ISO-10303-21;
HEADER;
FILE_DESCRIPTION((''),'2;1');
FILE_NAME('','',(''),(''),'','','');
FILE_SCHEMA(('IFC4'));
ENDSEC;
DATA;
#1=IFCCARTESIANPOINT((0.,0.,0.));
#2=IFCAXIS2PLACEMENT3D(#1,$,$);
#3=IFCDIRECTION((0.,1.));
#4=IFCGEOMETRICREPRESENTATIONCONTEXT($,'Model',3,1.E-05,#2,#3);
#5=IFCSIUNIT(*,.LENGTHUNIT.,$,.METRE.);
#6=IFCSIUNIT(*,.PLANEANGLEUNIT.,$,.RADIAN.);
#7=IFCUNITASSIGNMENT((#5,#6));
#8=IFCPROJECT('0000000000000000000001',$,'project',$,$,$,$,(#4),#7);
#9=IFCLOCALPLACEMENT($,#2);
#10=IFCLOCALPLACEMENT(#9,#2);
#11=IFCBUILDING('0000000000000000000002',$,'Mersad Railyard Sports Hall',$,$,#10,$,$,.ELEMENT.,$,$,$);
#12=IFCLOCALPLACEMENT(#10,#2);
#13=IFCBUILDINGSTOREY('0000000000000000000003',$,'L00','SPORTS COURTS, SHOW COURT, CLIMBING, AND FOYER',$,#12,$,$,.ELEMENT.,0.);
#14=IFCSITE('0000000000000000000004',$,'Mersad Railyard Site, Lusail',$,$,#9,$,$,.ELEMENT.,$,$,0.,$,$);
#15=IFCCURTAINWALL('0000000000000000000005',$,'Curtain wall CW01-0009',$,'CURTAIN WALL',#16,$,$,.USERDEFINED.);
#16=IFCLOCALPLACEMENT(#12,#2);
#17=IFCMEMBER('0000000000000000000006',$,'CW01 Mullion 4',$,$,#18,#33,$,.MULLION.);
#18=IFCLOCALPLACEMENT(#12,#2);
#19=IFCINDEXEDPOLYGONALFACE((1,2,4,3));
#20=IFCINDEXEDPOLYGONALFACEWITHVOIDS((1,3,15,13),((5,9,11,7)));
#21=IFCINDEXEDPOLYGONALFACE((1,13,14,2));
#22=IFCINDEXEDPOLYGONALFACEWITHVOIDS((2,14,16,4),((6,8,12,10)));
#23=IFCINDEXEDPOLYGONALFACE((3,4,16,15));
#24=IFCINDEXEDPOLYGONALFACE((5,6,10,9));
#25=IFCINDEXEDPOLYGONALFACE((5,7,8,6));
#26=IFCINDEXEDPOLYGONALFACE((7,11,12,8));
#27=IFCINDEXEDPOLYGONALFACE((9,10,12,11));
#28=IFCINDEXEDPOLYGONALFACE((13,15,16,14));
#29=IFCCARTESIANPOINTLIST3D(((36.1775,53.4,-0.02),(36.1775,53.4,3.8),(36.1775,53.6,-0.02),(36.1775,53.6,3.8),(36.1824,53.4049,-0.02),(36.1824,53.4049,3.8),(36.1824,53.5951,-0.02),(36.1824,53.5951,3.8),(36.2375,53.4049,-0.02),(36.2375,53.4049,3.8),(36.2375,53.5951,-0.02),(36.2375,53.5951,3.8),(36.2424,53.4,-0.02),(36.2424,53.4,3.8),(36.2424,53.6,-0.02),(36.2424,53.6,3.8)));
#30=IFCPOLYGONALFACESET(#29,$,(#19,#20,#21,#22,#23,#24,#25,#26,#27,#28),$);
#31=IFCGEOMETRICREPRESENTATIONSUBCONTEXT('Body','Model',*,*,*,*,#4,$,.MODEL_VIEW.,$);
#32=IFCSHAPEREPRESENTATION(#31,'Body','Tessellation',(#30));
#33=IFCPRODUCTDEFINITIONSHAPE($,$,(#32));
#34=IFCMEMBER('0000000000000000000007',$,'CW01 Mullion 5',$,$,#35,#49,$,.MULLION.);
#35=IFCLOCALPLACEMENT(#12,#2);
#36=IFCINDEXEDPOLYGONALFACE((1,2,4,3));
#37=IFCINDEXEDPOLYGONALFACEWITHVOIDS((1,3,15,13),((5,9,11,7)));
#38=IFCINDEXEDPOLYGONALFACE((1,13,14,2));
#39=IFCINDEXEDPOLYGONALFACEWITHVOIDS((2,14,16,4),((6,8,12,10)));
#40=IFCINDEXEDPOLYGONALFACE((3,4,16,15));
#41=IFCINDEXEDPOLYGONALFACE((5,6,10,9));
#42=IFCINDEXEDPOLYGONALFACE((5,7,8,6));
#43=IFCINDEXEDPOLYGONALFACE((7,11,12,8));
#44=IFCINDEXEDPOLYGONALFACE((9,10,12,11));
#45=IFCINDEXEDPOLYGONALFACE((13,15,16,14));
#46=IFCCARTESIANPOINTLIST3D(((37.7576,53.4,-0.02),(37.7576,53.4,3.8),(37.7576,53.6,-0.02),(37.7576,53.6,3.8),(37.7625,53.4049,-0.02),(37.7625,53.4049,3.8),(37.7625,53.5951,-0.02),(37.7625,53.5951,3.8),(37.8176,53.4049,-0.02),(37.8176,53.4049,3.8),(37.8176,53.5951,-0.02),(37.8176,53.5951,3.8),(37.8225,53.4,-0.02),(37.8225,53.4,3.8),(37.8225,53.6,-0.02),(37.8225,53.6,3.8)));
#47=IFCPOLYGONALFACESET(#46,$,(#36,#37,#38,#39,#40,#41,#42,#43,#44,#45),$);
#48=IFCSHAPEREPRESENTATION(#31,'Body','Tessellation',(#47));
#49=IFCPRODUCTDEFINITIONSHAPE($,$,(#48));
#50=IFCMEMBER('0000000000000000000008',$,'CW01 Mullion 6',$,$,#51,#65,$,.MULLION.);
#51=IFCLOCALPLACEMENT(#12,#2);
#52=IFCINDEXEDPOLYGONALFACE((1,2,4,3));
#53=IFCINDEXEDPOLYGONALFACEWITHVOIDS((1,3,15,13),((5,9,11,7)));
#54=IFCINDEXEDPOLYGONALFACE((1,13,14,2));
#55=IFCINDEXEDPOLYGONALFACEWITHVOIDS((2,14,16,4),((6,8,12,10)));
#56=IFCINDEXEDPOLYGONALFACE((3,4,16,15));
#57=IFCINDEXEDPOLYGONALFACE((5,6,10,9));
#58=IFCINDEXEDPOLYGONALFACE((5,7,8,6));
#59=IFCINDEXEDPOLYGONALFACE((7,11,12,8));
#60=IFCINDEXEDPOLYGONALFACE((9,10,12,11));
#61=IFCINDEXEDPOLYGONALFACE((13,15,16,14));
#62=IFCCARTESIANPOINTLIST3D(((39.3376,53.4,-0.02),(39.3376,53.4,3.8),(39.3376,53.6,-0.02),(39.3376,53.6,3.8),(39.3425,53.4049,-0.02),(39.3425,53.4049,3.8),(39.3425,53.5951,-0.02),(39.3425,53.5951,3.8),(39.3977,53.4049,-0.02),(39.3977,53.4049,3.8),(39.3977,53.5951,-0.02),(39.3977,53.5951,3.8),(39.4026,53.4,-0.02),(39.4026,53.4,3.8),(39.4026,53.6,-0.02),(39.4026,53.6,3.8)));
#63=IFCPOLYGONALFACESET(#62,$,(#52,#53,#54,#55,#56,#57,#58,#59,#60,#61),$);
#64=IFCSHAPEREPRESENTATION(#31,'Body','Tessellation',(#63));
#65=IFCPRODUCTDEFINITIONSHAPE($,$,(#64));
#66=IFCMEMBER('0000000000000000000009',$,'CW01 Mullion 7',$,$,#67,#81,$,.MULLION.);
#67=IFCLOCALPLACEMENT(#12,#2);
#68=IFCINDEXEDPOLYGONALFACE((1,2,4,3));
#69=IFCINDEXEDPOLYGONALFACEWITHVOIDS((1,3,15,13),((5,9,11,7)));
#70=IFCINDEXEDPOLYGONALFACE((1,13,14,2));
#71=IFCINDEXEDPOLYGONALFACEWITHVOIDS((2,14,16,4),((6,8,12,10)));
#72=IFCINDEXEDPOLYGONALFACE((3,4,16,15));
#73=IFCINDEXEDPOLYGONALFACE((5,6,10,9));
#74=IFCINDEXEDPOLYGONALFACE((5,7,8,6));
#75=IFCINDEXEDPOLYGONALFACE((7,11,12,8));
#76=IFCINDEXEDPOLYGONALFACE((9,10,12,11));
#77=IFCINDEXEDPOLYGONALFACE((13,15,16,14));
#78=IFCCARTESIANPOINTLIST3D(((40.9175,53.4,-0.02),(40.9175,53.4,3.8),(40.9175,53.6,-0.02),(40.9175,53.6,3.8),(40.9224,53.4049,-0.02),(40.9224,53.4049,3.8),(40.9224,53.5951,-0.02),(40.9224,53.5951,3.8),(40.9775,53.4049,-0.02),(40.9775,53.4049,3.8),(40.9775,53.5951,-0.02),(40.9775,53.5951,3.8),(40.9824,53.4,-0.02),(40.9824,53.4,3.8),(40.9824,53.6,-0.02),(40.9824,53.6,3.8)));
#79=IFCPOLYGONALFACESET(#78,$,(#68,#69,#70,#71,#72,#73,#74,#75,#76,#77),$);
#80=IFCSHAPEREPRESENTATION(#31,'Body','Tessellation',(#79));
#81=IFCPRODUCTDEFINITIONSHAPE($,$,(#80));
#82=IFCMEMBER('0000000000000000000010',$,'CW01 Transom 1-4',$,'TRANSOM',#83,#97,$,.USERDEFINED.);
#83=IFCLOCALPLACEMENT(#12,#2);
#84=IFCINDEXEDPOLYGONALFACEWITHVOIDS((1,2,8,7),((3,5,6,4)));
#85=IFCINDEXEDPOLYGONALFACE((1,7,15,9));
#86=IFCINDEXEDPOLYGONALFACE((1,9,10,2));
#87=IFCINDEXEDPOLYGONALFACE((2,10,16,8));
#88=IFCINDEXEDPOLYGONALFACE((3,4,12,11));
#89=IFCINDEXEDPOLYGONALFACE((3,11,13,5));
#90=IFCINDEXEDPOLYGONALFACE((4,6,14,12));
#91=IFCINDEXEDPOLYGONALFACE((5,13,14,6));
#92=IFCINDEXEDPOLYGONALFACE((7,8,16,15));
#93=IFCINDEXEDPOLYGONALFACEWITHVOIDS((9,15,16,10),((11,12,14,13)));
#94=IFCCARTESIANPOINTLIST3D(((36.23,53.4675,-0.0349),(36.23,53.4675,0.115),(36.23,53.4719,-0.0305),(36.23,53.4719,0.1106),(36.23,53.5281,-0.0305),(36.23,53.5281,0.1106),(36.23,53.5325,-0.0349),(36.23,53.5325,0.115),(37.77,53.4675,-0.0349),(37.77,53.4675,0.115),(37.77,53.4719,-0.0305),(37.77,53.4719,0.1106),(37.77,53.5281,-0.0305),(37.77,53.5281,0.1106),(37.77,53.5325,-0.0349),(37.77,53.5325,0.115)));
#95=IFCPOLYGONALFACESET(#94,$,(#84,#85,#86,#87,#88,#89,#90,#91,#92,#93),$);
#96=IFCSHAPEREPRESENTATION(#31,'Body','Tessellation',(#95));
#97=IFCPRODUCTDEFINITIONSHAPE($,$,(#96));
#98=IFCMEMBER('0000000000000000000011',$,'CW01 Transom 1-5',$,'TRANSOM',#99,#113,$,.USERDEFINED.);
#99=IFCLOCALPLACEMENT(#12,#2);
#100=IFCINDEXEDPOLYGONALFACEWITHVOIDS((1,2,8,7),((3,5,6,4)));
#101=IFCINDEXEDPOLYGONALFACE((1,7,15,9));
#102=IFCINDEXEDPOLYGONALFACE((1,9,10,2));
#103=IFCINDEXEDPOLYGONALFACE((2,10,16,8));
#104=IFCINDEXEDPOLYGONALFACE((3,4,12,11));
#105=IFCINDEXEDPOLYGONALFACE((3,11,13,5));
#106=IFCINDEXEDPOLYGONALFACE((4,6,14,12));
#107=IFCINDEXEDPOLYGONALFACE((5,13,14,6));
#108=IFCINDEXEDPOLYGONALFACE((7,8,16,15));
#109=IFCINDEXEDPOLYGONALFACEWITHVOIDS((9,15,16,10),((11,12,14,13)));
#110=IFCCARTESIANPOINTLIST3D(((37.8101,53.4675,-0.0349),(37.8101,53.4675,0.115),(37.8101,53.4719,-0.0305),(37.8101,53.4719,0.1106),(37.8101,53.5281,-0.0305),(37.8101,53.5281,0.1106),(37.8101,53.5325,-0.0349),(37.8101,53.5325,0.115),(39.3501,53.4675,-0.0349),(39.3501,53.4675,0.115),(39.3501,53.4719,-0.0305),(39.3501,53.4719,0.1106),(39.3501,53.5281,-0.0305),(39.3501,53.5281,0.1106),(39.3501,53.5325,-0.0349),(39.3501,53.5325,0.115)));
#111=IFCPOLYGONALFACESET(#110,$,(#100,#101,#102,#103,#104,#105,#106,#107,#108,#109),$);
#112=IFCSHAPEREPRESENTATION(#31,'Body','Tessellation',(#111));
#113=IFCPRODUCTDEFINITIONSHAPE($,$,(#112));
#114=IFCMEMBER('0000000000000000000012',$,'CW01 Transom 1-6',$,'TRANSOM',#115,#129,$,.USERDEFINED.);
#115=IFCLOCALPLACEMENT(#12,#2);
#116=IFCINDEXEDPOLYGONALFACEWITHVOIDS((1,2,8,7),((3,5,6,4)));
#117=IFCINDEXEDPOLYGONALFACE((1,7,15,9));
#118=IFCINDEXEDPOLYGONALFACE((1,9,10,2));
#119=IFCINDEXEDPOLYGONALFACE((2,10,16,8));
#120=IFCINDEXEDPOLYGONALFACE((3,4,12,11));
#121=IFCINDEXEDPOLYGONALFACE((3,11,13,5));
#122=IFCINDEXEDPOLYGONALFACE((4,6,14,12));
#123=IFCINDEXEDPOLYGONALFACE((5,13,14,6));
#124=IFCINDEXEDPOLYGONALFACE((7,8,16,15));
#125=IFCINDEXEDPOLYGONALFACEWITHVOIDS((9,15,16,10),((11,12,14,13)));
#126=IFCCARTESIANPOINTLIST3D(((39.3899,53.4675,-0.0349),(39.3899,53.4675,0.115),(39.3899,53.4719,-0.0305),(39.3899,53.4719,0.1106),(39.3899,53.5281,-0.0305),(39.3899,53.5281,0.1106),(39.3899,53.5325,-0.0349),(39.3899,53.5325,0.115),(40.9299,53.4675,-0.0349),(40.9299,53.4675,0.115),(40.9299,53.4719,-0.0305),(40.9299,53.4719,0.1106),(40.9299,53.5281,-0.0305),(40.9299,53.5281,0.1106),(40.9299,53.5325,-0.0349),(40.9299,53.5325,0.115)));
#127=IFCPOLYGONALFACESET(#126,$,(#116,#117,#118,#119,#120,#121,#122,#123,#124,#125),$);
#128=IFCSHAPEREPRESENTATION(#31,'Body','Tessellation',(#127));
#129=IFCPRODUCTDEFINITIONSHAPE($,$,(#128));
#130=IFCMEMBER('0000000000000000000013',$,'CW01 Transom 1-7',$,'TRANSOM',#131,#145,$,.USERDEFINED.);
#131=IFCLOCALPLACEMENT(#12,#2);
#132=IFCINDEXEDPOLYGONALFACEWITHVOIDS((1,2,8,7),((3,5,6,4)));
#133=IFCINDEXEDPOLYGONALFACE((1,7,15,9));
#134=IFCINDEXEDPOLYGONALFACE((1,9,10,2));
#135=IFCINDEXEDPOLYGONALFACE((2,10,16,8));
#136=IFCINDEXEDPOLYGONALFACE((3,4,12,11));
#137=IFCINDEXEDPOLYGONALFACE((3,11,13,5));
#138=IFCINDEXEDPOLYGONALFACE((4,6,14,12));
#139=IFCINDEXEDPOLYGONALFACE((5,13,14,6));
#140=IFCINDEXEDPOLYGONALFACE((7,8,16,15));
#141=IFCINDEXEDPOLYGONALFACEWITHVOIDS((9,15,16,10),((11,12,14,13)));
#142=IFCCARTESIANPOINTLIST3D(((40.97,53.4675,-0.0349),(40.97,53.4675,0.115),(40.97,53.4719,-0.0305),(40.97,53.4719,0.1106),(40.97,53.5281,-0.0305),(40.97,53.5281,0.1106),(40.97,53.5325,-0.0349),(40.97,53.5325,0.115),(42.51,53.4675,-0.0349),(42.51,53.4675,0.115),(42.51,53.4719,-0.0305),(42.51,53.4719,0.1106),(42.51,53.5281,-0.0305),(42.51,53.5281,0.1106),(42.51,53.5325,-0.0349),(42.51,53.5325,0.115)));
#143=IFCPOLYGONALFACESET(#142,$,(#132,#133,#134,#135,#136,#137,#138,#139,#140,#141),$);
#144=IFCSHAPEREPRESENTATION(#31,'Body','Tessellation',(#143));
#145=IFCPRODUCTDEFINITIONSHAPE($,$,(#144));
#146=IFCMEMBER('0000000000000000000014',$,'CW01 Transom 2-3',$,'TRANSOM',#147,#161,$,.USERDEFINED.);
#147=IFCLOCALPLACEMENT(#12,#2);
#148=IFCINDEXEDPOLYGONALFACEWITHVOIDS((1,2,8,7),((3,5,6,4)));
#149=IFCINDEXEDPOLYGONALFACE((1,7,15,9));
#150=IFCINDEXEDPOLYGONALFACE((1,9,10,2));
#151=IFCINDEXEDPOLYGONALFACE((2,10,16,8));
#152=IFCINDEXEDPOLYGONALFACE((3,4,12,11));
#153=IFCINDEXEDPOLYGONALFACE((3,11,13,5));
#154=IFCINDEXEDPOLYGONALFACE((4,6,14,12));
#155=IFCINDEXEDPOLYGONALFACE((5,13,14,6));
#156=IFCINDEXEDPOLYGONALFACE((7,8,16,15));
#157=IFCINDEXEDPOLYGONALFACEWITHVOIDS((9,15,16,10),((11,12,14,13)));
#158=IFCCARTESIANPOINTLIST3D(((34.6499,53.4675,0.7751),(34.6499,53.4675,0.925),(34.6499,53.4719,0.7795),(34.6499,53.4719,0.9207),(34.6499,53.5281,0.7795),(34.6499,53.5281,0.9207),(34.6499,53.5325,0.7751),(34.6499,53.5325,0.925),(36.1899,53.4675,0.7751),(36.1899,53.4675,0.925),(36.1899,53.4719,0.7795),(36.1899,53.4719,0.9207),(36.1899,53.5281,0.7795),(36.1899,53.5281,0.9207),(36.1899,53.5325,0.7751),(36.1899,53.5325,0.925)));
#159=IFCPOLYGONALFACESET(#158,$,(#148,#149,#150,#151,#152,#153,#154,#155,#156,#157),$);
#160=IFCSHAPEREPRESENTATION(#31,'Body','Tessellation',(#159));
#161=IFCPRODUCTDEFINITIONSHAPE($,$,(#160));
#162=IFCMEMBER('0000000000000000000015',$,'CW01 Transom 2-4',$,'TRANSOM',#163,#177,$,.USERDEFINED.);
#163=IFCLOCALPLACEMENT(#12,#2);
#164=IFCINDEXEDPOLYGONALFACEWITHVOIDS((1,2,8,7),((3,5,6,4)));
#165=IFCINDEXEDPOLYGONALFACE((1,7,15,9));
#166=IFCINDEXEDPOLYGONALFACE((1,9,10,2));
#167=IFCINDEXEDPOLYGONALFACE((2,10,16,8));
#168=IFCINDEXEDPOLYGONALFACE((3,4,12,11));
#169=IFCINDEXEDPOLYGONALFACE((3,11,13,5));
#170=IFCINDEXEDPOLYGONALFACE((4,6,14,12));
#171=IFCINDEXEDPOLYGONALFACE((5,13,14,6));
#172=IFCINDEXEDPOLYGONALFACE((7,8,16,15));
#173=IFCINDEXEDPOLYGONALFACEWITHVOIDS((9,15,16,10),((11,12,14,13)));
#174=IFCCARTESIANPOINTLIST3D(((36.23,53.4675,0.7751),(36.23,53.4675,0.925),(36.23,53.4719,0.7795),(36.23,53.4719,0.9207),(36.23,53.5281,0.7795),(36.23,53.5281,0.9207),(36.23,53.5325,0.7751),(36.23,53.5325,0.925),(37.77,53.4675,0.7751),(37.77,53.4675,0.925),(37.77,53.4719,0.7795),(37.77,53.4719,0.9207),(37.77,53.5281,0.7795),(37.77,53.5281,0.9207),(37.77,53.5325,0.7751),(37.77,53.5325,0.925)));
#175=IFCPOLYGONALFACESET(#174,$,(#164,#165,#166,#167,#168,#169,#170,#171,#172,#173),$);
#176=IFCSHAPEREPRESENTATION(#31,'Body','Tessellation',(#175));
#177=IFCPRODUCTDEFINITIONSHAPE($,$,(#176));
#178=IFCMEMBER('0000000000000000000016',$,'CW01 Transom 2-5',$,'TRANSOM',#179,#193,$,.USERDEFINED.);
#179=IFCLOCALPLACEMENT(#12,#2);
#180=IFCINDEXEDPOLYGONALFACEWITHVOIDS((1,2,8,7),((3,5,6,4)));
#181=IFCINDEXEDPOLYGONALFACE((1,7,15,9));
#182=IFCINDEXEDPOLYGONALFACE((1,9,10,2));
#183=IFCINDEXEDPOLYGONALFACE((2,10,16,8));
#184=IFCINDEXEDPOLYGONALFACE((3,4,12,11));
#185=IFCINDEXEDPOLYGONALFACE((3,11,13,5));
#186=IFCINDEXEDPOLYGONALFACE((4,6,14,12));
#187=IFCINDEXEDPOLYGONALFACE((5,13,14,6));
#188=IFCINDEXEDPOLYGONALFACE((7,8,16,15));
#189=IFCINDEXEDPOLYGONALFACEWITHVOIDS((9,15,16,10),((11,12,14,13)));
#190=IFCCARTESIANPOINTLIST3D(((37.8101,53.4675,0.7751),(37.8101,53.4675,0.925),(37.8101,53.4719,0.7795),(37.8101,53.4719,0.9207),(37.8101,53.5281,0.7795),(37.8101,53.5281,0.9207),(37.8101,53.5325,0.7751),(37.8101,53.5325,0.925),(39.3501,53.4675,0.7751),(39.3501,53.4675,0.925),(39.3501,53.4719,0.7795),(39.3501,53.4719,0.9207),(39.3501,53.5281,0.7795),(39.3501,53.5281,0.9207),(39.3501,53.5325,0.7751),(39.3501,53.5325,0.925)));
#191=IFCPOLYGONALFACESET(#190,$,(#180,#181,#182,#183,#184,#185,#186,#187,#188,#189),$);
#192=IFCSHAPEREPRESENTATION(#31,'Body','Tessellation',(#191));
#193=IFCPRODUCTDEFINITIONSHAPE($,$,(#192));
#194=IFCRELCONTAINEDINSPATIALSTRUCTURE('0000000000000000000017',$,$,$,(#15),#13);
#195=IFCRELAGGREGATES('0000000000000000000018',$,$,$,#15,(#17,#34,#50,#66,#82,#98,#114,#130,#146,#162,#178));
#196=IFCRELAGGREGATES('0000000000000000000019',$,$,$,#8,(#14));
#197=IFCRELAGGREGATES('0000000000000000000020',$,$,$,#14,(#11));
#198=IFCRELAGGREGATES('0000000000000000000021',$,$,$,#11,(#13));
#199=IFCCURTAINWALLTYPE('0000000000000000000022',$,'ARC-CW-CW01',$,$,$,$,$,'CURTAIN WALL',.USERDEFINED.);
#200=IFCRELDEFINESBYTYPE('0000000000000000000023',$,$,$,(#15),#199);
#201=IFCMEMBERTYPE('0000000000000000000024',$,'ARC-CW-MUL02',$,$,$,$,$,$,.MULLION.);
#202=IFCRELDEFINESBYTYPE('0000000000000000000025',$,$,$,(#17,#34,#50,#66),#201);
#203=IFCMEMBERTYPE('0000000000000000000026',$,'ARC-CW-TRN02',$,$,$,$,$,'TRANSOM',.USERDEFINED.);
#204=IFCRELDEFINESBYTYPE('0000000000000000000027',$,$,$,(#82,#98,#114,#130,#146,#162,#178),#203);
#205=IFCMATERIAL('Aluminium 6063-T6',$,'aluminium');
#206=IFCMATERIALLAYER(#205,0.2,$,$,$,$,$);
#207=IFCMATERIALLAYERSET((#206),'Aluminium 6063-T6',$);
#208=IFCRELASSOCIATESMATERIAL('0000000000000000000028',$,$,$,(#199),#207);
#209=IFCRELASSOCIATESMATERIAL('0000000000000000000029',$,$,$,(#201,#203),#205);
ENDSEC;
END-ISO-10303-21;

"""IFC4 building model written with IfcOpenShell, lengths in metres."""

from ifc_helpers import new_model, si_unit, direction, frame, origin, origin_2d, place, context, subcontext, project, spatial, hollow_rectangle, extrude, material, layer, layer_set, material_profile, profile_set, type_object, element, aggregate, save


model = new_model("IFC4")

# Units and contexts
model_context = context("Model", 3, precision=1e-05, world=origin(), true_north=direction((0.0, 1.0)))
body_context = subcontext(model_context, "Body", "Model", "MODEL_VIEW")
ifc_project = project(units=[si_unit("LENGTHUNIT", "METRE"), si_unit("PLANEANGLEUNIT", "RADIAN")], contexts=[model_context])

# Site, building, storey
site_placement = place(None, origin())
site = spatial("IfcSite", under=ifc_project, at=site_placement, Name="Mersad Railyard Site, Lusail", CompositionType="ELEMENT", RefElevation=0.0)
building_placement = place(site_placement, origin())
building = spatial("IfcBuilding", under=site, at=building_placement, Name="Mersad Railyard Sports Hall", CompositionType="ELEMENT")
storey_placement = place(building_placement, origin())
storey = spatial("IfcBuildingStorey", under=building, at=storey_placement, Name="L00", Description="SPORTS COURTS, SHOW COURT, CLIMBING, AND FOYER", CompositionType="ELEMENT", Elevation=0.0)

# Curtain wall, members
ifc_material_1 = material(Name="Aluminium 6063-T6", Category="aluminium")
ifc_layer_1 = layer(ifc_material_1, 0.2)
ifc_layer_set_1 = layer_set([ifc_layer_1], Name="Aluminium 6063-T6")
curtain_wall_type = type_object("IfcCurtainWallType", Name="ARC-CW-CW01", ElementType="CURTAIN WALL", PredefinedType="USERDEFINED", material=ifc_layer_set_1)
curtain_wall_placement = place(storey_placement, origin())
curtain_wall = element("IfcCurtainWall", 1, at=curtain_wall_placement, inside=storey, type_object=curtain_wall_type, Name="Curtain wall CW01-0009", ObjectType="CURTAIN WALL", PredefinedType="USERDEFINED")
ifc_material_profile_1 = material_profile(ifc_material_1, hollow_rectangle(XDim=0.0649, YDim=0.2, WallThickness=0.0049, at=origin_2d()), Name="AL MULLION 65x200x5")
ifc_profile_set_1 = profile_set([ifc_material_profile_1], Name="Aluminium 6063-T6")
member_type_1 = type_object("IfcMemberType", Name="ARC-CW-MUL02", PredefinedType="MULLION", material=ifc_profile_set_1)
member_1_placement = place(storey_placement, frame((36.21, 53.5, -0.02), z_axis=(0.0, 0.0, 1.0), x_axis=(1.0, 0.0, 0.0)))
member_1 = element("IfcMember", 2, at=member_1_placement, type_object=member_type_1, Name="CW01 Mullion 4", PredefinedType="MULLION", context=body_context, shape_type="SweptSolid", body=[
    extrude(hollow_rectangle(XDim=0.0649, YDim=0.2, WallThickness=0.0049, at=origin_2d()), origin(), (0.0, 0.0, 1.0), 3.8201),
])
member_2_placement = place(storey_placement, frame((37.79, 53.5, -0.02), z_axis=(0.0, 0.0, 1.0), x_axis=(1.0, 0.0, 0.0)))
member_2 = element("IfcMember", 3, at=member_2_placement, type_object=member_type_1, Name="CW01 Mullion 5", PredefinedType="MULLION", context=body_context, shape_type="SweptSolid", body=[
    extrude(hollow_rectangle(XDim=0.0649, YDim=0.2, WallThickness=0.0049, at=origin_2d()), origin(), (0.0, 0.0, 1.0), 3.8201),
])
member_3_placement = place(storey_placement, frame((39.3701, 53.5, -0.02), z_axis=(0.0, 0.0, 1.0), x_axis=(1.0, 0.0, 0.0)))
member_3 = element("IfcMember", 4, at=member_3_placement, type_object=member_type_1, Name="CW01 Mullion 6", PredefinedType="MULLION", context=body_context, shape_type="SweptSolid", body=[
    extrude(hollow_rectangle(XDim=0.0649, YDim=0.2, WallThickness=0.0049, at=origin_2d()), origin(), (0.0, 0.0, 1.0), 3.8201),
])
member_4_placement = place(storey_placement, frame((40.95, 53.5, -0.02), z_axis=(0.0, 0.0, 1.0), x_axis=(1.0, 0.0, 0.0)))
member_4 = element("IfcMember", 5, at=member_4_placement, type_object=member_type_1, Name="CW01 Mullion 7", PredefinedType="MULLION", context=body_context, shape_type="SweptSolid", body=[
    extrude(hollow_rectangle(XDim=0.0649, YDim=0.2, WallThickness=0.0049, at=origin_2d()), origin(), (0.0, 0.0, 1.0), 3.8201),
])
ifc_material_profile_2 = material_profile(ifc_material_1, hollow_rectangle(XDim=0.0649, YDim=0.1499, WallThickness=0.0044, at=origin_2d()), Name="AL TRANSOM 65x150x4.5")
ifc_profile_set_2 = profile_set([ifc_material_profile_2], Name="Aluminium 6063-T6")
member_type_2 = type_object("IfcMemberType", Name="ARC-CW-TRN02", ElementType="TRANSOM", PredefinedType="USERDEFINED", material=ifc_profile_set_2)
member_5_placement = place(storey_placement, frame((36.23, 53.5, 0.04), z_axis=(1.0, 0.0, 0.0), x_axis=(0.0, 1.0, 0.0)))
member_5 = element("IfcMember", 6, at=member_5_placement, type_object=member_type_2, Name="CW01 Transom 1-4", ObjectType="TRANSOM", PredefinedType="USERDEFINED", context=body_context, shape_type="SweptSolid", body=[
    extrude(hollow_rectangle(XDim=0.0649, YDim=0.1499, WallThickness=0.0044, at=origin_2d()), origin(), (0.0, 0.0, 1.0), 1.54),
])
member_6_placement = place(storey_placement, frame((37.8101, 53.5, 0.04), z_axis=(1.0, 0.0, 0.0), x_axis=(0.0, 1.0, 0.0)))
member_6 = element("IfcMember", 7, at=member_6_placement, type_object=member_type_2, Name="CW01 Transom 1-5", ObjectType="TRANSOM", PredefinedType="USERDEFINED", context=body_context, shape_type="SweptSolid", body=[
    extrude(hollow_rectangle(XDim=0.0649, YDim=0.1499, WallThickness=0.0044, at=origin_2d()), origin(), (0.0, 0.0, 1.0), 1.54),
])
member_7_placement = place(storey_placement, frame((39.3899, 53.5, 0.04), z_axis=(1.0, 0.0, 0.0), x_axis=(0.0, 1.0, 0.0)))
member_7 = element("IfcMember", 8, at=member_7_placement, type_object=member_type_2, Name="CW01 Transom 1-6", ObjectType="TRANSOM", PredefinedType="USERDEFINED", context=body_context, shape_type="SweptSolid", body=[
    extrude(hollow_rectangle(XDim=0.0649, YDim=0.1499, WallThickness=0.0044, at=origin_2d()), origin(), (0.0, 0.0, 1.0), 1.54),
])
member_8_placement = place(storey_placement, frame((40.97, 53.5, 0.04), z_axis=(1.0, 0.0, 0.0), x_axis=(0.0, 1.0, 0.0)))
member_8 = element("IfcMember", 9, at=member_8_placement, type_object=member_type_2, Name="CW01 Transom 1-7", ObjectType="TRANSOM", PredefinedType="USERDEFINED", context=body_context, shape_type="SweptSolid", body=[
    extrude(hollow_rectangle(XDim=0.0649, YDim=0.1499, WallThickness=0.0044, at=origin_2d()), origin(), (0.0, 0.0, 1.0), 1.54),
])
member_9_placement = place(storey_placement, frame((34.6499, 53.5, 0.8501), z_axis=(1.0, 0.0, 0.0), x_axis=(0.0, 1.0, 0.0)))
member_9 = element("IfcMember", 10, at=member_9_placement, type_object=member_type_2, Name="CW01 Transom 2-3", ObjectType="TRANSOM", PredefinedType="USERDEFINED", context=body_context, shape_type="SweptSolid", body=[
    extrude(hollow_rectangle(XDim=0.0649, YDim=0.1499, WallThickness=0.0044, at=origin_2d()), origin(), (0.0, 0.0, 1.0), 1.54),
])
member_10_placement = place(storey_placement, frame((36.23, 53.5, 0.8501), z_axis=(1.0, 0.0, 0.0), x_axis=(0.0, 1.0, 0.0)))
member_10 = element("IfcMember", 11, at=member_10_placement, type_object=member_type_2, Name="CW01 Transom 2-4", ObjectType="TRANSOM", PredefinedType="USERDEFINED", context=body_context, shape_type="SweptSolid", body=[
    extrude(hollow_rectangle(XDim=0.0649, YDim=0.1499, WallThickness=0.0044, at=origin_2d()), origin(), (0.0, 0.0, 1.0), 1.54),
])
member_11_placement = place(storey_placement, frame((37.8101, 53.5, 0.8501), z_axis=(1.0, 0.0, 0.0), x_axis=(0.0, 1.0, 0.0)))
member_11 = element("IfcMember", 12, at=member_11_placement, type_object=member_type_2, Name="CW01 Transom 2-5", ObjectType="TRANSOM", PredefinedType="USERDEFINED", context=body_context, shape_type="SweptSolid", body=[
    extrude(hollow_rectangle(XDim=0.0649, YDim=0.1499, WallThickness=0.0044, at=origin_2d()), origin(), (0.0, 0.0, 1.0), 1.54),
])
aggregate(curtain_wall, [member_1, member_2, member_3, member_4, member_5, member_6, member_7, member_8, member_9, member_10, member_11])

save(model, "model.ifc")
